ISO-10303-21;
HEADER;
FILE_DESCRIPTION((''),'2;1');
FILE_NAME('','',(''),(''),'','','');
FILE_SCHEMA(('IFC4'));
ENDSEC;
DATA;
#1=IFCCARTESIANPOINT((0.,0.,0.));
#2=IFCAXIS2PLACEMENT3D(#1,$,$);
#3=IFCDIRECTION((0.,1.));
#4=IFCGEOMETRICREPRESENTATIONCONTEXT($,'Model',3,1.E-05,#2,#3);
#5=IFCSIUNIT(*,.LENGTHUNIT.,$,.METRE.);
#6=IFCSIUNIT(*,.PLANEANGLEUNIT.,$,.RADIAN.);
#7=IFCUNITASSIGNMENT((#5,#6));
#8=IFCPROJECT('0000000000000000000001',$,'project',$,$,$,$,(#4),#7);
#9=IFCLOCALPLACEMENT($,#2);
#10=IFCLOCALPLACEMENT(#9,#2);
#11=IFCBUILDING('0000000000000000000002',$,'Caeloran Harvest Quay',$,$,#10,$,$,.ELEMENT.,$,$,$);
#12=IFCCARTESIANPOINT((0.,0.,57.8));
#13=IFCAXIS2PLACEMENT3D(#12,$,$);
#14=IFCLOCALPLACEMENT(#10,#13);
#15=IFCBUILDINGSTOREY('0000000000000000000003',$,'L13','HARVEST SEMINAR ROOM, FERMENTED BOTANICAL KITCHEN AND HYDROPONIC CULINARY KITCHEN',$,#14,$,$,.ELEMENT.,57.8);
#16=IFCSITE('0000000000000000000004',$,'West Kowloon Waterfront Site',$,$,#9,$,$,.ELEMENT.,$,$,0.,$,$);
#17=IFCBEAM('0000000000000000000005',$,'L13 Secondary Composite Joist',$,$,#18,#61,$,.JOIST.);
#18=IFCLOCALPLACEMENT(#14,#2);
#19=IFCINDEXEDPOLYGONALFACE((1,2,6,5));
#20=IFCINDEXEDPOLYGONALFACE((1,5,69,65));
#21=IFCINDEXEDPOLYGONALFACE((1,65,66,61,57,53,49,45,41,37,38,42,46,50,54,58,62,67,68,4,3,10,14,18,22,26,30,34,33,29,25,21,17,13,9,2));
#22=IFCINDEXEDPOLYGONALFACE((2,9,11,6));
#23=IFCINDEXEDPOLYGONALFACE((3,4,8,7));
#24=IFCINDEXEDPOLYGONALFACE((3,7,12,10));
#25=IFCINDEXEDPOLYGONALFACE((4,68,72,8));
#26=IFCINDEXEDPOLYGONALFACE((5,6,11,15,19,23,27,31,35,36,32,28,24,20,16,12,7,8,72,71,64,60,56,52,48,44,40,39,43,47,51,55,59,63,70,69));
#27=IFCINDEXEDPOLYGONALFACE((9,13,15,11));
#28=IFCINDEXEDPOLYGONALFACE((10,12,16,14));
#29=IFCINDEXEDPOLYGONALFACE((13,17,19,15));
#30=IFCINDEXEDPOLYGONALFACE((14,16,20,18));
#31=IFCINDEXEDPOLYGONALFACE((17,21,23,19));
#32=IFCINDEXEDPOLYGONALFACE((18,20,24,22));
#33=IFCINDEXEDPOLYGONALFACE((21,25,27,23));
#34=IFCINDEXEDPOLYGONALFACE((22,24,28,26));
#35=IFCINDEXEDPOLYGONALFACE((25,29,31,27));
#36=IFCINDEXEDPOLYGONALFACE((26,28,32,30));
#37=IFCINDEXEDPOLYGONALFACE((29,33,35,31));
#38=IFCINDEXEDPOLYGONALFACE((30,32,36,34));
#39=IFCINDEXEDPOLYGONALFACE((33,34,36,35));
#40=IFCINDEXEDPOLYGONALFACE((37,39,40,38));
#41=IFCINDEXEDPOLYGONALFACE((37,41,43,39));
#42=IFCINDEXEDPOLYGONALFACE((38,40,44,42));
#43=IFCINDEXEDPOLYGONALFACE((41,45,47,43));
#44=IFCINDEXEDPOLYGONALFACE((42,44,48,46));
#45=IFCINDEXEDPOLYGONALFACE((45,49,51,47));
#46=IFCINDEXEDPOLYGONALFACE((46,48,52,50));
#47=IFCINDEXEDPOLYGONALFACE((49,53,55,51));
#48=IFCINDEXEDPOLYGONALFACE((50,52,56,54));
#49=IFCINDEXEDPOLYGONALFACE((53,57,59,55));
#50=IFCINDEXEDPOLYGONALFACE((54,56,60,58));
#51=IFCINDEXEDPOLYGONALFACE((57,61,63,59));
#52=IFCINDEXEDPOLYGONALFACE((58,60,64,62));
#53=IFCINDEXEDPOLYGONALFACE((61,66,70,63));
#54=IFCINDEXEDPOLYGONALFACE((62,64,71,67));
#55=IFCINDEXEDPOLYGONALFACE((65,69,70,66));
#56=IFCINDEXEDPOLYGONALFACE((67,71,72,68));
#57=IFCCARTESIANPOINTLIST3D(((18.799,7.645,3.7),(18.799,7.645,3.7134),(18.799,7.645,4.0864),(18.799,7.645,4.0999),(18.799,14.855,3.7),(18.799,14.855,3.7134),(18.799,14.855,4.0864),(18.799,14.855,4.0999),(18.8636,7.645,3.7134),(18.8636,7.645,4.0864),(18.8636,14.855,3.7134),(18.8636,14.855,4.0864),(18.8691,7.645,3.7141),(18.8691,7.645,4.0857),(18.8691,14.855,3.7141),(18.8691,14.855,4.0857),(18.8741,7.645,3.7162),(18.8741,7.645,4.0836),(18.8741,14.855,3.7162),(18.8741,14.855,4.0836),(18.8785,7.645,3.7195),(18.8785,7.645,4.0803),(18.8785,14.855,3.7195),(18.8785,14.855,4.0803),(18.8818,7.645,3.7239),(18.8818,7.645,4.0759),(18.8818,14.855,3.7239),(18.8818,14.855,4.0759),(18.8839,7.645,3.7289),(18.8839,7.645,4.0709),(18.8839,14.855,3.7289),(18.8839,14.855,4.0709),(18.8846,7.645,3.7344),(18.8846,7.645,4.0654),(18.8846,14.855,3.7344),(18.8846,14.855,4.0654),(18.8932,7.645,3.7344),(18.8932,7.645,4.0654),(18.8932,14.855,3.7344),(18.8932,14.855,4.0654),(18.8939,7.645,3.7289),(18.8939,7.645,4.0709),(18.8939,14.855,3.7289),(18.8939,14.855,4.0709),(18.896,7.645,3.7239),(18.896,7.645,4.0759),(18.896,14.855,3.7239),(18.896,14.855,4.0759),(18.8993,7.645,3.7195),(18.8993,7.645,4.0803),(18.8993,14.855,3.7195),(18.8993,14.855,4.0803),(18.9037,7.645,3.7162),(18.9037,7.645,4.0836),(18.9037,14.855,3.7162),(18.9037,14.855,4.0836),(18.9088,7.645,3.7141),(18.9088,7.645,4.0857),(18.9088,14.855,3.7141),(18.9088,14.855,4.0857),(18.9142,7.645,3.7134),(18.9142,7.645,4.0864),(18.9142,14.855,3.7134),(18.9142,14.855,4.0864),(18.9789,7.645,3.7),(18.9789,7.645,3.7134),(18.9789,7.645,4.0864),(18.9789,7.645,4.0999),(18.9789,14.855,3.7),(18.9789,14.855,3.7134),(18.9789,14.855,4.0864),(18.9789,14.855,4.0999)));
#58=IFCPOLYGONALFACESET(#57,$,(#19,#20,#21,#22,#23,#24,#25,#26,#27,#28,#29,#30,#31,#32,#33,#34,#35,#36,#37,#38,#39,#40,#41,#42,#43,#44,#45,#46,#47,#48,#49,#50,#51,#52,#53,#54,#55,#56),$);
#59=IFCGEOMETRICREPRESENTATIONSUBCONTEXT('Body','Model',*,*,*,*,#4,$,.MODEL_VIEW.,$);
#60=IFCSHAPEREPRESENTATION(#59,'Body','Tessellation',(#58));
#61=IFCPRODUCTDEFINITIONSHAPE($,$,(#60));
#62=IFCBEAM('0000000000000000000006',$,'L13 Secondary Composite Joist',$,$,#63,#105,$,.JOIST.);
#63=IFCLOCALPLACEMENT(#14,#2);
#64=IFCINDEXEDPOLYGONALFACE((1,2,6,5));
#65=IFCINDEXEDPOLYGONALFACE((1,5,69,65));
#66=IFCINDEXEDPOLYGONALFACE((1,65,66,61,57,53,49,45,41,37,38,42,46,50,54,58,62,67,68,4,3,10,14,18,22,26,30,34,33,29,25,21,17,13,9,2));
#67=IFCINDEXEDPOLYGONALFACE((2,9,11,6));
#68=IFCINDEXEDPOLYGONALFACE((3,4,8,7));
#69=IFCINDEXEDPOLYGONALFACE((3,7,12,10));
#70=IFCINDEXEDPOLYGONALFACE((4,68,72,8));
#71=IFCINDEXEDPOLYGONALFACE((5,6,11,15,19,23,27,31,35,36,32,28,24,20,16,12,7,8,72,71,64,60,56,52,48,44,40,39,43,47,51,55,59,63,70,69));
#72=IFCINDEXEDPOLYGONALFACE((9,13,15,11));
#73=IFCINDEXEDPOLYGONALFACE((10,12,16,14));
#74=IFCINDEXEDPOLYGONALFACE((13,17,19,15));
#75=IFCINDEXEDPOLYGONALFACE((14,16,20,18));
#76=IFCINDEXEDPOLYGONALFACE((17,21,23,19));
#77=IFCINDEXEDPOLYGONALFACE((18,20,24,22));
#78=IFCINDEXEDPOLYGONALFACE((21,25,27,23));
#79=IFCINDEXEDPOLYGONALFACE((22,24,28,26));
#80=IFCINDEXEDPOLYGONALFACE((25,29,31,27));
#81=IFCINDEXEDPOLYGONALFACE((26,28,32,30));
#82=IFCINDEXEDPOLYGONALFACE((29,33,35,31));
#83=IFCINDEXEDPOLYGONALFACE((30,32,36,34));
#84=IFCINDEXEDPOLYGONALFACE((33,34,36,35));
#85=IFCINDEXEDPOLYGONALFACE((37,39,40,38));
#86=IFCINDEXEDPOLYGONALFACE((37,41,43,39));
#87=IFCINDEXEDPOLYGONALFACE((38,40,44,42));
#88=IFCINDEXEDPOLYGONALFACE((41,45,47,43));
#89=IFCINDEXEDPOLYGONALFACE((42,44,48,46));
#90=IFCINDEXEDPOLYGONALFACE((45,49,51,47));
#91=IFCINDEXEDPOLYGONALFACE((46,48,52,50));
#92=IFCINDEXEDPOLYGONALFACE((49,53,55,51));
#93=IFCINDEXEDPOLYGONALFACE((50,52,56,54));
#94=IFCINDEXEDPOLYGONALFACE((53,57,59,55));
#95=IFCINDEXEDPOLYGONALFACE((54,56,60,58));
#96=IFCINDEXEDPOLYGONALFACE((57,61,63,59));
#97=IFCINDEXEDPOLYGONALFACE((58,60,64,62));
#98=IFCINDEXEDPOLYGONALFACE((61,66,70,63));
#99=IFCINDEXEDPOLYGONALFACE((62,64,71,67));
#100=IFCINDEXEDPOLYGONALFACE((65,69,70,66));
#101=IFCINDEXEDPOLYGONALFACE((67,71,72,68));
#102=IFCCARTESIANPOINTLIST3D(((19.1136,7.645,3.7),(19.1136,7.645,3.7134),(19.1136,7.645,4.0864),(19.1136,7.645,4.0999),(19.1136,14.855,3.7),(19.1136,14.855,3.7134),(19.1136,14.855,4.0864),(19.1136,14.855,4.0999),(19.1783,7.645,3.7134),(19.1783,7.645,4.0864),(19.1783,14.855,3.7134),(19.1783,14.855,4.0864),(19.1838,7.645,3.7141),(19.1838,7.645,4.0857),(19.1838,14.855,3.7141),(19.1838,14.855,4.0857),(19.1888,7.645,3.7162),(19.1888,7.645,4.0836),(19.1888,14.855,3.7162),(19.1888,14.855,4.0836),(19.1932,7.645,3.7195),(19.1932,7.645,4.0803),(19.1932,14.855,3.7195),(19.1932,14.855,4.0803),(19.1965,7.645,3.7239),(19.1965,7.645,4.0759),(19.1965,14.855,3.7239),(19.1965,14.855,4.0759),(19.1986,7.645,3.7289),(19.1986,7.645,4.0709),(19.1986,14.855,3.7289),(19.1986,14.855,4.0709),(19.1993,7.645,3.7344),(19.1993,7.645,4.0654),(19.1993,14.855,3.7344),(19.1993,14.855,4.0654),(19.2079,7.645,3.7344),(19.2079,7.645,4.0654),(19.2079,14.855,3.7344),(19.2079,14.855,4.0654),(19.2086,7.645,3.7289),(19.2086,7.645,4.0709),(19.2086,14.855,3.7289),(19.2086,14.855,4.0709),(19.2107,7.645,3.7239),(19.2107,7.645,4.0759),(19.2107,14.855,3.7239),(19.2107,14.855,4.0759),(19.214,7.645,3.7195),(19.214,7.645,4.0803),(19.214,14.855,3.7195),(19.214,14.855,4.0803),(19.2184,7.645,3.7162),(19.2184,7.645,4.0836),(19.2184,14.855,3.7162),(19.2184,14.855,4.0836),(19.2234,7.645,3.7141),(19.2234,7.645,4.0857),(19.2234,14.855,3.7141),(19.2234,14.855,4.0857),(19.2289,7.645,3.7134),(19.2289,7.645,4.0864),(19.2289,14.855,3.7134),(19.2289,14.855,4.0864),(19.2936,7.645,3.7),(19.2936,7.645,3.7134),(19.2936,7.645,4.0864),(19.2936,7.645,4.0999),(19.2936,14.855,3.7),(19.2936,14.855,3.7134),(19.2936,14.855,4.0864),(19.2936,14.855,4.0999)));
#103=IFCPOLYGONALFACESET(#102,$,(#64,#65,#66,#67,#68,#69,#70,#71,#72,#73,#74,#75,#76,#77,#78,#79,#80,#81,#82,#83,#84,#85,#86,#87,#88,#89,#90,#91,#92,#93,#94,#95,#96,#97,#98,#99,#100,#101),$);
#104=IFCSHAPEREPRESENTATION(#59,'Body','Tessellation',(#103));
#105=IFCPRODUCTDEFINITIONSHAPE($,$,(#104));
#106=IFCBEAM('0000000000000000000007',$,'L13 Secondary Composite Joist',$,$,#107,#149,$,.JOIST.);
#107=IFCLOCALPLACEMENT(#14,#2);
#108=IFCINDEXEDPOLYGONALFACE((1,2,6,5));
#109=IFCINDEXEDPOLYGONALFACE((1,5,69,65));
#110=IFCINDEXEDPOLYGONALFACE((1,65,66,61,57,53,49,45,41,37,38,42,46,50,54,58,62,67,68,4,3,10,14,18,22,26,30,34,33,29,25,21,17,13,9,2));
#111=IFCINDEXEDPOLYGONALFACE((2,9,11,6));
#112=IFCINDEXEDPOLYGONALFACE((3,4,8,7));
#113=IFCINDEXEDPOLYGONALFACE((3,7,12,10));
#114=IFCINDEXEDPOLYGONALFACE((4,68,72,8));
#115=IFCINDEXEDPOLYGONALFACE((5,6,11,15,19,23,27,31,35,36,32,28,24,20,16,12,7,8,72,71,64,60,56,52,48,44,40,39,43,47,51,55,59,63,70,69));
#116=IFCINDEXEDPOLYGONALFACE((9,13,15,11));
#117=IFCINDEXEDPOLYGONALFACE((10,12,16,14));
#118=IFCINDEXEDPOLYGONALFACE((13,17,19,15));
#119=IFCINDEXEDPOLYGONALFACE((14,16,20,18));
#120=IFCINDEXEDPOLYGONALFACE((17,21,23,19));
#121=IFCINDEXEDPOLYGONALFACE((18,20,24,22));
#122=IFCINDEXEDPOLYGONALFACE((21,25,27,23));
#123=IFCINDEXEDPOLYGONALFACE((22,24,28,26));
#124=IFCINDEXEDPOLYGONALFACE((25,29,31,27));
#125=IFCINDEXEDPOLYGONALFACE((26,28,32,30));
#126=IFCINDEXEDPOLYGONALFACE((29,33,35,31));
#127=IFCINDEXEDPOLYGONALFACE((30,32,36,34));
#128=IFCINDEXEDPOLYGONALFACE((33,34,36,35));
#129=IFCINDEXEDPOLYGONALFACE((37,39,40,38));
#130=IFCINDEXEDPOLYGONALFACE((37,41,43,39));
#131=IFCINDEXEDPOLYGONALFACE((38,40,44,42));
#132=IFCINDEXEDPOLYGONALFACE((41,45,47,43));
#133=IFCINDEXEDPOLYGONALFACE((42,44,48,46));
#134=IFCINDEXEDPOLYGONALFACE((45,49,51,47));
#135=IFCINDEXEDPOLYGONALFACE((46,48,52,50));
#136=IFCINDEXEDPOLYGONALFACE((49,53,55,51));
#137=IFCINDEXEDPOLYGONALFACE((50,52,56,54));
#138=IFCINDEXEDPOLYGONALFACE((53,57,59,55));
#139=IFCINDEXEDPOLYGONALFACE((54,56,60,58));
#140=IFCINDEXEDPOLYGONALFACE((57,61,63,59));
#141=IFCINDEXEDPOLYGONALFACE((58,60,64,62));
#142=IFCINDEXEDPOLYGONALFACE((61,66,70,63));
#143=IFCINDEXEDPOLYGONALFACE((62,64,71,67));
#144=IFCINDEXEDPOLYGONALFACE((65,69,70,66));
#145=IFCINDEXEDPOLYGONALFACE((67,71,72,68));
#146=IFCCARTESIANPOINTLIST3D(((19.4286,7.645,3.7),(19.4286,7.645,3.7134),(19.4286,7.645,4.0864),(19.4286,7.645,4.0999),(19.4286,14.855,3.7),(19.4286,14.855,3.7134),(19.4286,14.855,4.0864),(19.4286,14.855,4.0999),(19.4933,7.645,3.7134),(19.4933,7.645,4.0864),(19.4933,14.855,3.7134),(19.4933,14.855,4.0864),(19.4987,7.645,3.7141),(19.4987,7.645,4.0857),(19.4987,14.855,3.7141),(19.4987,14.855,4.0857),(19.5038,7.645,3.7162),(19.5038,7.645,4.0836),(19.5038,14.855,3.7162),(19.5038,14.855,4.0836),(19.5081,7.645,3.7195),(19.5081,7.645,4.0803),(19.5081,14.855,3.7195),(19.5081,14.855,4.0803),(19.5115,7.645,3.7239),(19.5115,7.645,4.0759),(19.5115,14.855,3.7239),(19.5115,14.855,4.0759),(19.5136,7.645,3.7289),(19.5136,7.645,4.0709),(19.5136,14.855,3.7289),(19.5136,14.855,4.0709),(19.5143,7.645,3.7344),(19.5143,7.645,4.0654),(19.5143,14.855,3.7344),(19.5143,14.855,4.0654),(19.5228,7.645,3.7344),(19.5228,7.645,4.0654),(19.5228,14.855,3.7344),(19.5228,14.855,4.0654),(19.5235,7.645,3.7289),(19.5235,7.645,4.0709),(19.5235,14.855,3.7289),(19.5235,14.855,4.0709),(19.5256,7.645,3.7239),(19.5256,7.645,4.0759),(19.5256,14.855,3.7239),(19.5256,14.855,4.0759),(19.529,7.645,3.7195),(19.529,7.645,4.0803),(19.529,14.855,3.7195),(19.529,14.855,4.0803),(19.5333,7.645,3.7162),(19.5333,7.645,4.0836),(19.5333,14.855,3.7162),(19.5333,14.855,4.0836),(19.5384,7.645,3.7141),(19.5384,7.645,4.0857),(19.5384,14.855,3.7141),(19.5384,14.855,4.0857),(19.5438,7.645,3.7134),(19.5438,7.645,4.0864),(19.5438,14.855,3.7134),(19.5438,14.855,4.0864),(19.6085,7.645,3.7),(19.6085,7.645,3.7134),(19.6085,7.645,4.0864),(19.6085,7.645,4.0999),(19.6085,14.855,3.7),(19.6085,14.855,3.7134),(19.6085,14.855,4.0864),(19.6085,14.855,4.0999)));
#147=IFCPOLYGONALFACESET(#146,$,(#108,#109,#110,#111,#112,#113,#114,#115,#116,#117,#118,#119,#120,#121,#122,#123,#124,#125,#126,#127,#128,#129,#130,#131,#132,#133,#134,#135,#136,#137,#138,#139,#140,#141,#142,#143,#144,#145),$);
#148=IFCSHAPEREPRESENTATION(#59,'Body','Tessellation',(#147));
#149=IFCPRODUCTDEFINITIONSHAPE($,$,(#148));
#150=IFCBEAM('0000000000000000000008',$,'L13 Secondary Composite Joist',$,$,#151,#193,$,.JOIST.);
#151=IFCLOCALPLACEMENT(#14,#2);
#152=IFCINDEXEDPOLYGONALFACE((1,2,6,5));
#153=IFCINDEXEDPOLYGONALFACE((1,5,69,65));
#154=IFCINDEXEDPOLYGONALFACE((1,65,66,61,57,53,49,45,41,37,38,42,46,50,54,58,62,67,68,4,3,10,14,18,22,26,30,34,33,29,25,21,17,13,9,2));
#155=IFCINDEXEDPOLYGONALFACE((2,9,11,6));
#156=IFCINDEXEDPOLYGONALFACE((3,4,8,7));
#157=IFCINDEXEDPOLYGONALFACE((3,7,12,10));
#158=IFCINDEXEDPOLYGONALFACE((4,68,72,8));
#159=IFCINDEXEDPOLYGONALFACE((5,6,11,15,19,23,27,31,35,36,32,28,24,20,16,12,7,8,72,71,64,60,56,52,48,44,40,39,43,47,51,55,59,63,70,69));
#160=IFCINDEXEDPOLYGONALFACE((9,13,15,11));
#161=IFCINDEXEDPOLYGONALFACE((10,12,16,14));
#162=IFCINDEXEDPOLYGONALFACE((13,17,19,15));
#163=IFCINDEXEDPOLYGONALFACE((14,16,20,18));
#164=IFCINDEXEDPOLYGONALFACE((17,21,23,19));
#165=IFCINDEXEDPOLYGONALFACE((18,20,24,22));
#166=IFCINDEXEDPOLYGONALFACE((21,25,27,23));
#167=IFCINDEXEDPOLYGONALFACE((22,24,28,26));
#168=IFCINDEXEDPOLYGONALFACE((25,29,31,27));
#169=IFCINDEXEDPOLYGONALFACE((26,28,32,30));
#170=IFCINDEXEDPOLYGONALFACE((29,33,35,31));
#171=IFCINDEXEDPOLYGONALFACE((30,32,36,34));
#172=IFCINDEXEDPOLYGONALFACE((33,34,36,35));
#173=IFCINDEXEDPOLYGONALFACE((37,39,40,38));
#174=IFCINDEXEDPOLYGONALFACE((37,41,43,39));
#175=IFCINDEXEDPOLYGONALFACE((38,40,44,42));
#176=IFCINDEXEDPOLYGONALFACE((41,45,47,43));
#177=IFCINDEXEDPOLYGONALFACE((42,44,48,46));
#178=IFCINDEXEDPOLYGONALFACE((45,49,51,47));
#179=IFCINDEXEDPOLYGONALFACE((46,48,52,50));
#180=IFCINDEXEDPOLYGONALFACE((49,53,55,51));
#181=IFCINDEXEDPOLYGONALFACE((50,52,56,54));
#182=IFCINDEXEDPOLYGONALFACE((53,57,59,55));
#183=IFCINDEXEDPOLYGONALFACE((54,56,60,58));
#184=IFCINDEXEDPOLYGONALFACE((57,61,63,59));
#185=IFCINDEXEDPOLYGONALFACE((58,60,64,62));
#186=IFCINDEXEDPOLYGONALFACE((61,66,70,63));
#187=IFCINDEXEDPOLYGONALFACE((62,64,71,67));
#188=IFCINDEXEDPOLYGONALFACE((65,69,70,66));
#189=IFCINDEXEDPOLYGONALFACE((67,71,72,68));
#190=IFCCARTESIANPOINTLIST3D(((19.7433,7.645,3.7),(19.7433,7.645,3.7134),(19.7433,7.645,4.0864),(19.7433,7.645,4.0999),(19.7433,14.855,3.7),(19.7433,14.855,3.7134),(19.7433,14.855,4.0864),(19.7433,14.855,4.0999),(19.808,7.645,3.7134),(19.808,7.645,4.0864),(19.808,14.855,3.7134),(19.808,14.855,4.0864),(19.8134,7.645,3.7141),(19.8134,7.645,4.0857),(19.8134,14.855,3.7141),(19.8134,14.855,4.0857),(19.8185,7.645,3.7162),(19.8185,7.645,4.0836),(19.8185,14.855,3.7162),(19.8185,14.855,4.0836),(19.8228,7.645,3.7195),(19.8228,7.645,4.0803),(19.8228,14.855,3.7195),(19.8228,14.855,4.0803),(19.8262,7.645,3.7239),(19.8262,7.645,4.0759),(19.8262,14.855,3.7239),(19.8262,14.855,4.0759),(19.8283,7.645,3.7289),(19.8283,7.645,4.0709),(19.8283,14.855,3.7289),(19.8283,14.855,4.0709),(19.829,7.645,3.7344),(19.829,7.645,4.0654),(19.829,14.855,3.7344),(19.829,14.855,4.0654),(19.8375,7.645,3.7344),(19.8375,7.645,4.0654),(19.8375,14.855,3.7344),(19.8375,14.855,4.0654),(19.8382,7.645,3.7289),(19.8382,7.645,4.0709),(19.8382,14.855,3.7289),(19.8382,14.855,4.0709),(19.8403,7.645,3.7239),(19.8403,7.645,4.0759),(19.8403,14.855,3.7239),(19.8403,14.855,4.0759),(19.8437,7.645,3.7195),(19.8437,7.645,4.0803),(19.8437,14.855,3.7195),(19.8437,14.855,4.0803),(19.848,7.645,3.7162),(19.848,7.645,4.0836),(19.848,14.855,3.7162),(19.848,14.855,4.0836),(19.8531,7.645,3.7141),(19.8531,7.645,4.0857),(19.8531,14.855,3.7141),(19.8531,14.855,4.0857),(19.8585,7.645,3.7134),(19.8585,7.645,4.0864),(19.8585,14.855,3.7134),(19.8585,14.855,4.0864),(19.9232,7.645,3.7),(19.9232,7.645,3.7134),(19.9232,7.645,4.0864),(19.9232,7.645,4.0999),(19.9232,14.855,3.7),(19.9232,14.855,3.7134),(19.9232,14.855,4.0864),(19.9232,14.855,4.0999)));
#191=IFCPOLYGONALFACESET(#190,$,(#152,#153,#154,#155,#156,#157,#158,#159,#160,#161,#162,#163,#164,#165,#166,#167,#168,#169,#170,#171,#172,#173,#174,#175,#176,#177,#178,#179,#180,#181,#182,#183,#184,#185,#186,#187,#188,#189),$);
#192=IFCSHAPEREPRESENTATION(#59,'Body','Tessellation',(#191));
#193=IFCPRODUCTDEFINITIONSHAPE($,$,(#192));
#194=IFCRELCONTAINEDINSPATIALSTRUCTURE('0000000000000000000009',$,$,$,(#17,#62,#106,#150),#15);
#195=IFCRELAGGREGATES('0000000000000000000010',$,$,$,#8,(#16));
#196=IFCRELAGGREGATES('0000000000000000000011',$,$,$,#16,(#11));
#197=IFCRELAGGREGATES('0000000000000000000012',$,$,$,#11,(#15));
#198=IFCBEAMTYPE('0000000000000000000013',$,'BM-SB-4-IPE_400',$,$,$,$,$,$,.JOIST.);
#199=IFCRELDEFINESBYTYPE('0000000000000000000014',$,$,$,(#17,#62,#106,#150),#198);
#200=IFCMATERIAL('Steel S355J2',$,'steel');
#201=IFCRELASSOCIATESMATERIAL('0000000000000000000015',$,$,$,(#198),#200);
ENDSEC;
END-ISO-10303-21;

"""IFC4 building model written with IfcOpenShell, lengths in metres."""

from ifc_helpers import new_model, si_unit, direction, frame, origin, origin_2d, place, context, subcontext, project, spatial, i_section, extrude, material, material_profile, profile_set, type_object, element, save


model = new_model("IFC4")

# Units and contexts
model_context = context("Model", 3, precision=1e-05, world=origin(), true_north=direction((0.0, 1.0)))
body_context = subcontext(model_context, "Body", "Model", "MODEL_VIEW")
ifc_project = project(units=[si_unit("LENGTHUNIT", "METRE"), si_unit("PLANEANGLEUNIT", "RADIAN")], contexts=[model_context])

# Site, building, storey
site_placement = place(None, origin())
site = spatial("IfcSite", under=ifc_project, at=site_placement, Name="West Kowloon Waterfront Site", CompositionType="ELEMENT", RefElevation=0.0)
building_placement = place(site_placement, origin())
building = spatial("IfcBuilding", under=site, at=building_placement, Name="Caeloran Harvest Quay", CompositionType="ELEMENT")
storey_placement = place(building_placement, frame((0.0, 0.0, 57.8)))
storey = spatial("IfcBuildingStorey", under=building, at=storey_placement, Name="L13", Description="HARVEST SEMINAR ROOM, FERMENTED BOTANICAL KITCHEN AND HYDROPONIC CULINARY KITCHEN", CompositionType="ELEMENT", Elevation=57.8)

# Beams
ifc_material = material(Name="Steel S355J2", Category="steel")
ifc_material_profile_1 = material_profile(ifc_material, i_section(OverallWidth=0.1799, OverallDepth=0.3999, WebThickness=0.0085, FlangeThickness=0.0134, FilletRadius=0.021, at=origin_2d()), Name="IPE 400")
ifc_profile_set_1 = profile_set([ifc_material_profile_1], Name="Steel S355J2")
beam_type_1 = type_object("IfcBeamType", Name="BM-SB-4-IPE_400", PredefinedType="JOIST", material=ifc_profile_set_1)
for number, where, z_axis, x_axis, name in (
    (1, (18.8889, 7.645, 3.8999), (0.0, 1.0, 0.0), (-1.0, 0.0, 0.0), "L13 Secondary Composite Joist"),
    (2, (19.2036, 7.645, 3.8999), (0.0, 1.0, 0.0), (-1.0, 0.0, 0.0), "L13 Secondary Composite Joist"),
    (3, (19.5186, 7.645, 3.8999), (0.0, 1.0, 0.0), (-1.0, 0.0, 0.0), "L13 Secondary Composite Joist"),
    (4, (19.8333, 7.645, 3.8999), (0.0, 1.0, 0.0), (-1.0, 0.0, 0.0), "L13 Secondary Composite Joist"),
):
    element("IfcBeam", number, at=place(storey_placement, frame(where, z_axis=z_axis, x_axis=x_axis)), inside=storey, type_object=beam_type_1, Name=name, PredefinedType="JOIST", context=body_context, shape_type="SweptSolid", body=[
        extrude(i_section(OverallWidth=0.1799, OverallDepth=0.3999, WebThickness=0.0085, FlangeThickness=0.0134, FilletRadius=0.021, at=origin_2d()), origin(), (0.0, 0.0, 1.0), 7.21),
    ])

save(model, "model.ifc")
